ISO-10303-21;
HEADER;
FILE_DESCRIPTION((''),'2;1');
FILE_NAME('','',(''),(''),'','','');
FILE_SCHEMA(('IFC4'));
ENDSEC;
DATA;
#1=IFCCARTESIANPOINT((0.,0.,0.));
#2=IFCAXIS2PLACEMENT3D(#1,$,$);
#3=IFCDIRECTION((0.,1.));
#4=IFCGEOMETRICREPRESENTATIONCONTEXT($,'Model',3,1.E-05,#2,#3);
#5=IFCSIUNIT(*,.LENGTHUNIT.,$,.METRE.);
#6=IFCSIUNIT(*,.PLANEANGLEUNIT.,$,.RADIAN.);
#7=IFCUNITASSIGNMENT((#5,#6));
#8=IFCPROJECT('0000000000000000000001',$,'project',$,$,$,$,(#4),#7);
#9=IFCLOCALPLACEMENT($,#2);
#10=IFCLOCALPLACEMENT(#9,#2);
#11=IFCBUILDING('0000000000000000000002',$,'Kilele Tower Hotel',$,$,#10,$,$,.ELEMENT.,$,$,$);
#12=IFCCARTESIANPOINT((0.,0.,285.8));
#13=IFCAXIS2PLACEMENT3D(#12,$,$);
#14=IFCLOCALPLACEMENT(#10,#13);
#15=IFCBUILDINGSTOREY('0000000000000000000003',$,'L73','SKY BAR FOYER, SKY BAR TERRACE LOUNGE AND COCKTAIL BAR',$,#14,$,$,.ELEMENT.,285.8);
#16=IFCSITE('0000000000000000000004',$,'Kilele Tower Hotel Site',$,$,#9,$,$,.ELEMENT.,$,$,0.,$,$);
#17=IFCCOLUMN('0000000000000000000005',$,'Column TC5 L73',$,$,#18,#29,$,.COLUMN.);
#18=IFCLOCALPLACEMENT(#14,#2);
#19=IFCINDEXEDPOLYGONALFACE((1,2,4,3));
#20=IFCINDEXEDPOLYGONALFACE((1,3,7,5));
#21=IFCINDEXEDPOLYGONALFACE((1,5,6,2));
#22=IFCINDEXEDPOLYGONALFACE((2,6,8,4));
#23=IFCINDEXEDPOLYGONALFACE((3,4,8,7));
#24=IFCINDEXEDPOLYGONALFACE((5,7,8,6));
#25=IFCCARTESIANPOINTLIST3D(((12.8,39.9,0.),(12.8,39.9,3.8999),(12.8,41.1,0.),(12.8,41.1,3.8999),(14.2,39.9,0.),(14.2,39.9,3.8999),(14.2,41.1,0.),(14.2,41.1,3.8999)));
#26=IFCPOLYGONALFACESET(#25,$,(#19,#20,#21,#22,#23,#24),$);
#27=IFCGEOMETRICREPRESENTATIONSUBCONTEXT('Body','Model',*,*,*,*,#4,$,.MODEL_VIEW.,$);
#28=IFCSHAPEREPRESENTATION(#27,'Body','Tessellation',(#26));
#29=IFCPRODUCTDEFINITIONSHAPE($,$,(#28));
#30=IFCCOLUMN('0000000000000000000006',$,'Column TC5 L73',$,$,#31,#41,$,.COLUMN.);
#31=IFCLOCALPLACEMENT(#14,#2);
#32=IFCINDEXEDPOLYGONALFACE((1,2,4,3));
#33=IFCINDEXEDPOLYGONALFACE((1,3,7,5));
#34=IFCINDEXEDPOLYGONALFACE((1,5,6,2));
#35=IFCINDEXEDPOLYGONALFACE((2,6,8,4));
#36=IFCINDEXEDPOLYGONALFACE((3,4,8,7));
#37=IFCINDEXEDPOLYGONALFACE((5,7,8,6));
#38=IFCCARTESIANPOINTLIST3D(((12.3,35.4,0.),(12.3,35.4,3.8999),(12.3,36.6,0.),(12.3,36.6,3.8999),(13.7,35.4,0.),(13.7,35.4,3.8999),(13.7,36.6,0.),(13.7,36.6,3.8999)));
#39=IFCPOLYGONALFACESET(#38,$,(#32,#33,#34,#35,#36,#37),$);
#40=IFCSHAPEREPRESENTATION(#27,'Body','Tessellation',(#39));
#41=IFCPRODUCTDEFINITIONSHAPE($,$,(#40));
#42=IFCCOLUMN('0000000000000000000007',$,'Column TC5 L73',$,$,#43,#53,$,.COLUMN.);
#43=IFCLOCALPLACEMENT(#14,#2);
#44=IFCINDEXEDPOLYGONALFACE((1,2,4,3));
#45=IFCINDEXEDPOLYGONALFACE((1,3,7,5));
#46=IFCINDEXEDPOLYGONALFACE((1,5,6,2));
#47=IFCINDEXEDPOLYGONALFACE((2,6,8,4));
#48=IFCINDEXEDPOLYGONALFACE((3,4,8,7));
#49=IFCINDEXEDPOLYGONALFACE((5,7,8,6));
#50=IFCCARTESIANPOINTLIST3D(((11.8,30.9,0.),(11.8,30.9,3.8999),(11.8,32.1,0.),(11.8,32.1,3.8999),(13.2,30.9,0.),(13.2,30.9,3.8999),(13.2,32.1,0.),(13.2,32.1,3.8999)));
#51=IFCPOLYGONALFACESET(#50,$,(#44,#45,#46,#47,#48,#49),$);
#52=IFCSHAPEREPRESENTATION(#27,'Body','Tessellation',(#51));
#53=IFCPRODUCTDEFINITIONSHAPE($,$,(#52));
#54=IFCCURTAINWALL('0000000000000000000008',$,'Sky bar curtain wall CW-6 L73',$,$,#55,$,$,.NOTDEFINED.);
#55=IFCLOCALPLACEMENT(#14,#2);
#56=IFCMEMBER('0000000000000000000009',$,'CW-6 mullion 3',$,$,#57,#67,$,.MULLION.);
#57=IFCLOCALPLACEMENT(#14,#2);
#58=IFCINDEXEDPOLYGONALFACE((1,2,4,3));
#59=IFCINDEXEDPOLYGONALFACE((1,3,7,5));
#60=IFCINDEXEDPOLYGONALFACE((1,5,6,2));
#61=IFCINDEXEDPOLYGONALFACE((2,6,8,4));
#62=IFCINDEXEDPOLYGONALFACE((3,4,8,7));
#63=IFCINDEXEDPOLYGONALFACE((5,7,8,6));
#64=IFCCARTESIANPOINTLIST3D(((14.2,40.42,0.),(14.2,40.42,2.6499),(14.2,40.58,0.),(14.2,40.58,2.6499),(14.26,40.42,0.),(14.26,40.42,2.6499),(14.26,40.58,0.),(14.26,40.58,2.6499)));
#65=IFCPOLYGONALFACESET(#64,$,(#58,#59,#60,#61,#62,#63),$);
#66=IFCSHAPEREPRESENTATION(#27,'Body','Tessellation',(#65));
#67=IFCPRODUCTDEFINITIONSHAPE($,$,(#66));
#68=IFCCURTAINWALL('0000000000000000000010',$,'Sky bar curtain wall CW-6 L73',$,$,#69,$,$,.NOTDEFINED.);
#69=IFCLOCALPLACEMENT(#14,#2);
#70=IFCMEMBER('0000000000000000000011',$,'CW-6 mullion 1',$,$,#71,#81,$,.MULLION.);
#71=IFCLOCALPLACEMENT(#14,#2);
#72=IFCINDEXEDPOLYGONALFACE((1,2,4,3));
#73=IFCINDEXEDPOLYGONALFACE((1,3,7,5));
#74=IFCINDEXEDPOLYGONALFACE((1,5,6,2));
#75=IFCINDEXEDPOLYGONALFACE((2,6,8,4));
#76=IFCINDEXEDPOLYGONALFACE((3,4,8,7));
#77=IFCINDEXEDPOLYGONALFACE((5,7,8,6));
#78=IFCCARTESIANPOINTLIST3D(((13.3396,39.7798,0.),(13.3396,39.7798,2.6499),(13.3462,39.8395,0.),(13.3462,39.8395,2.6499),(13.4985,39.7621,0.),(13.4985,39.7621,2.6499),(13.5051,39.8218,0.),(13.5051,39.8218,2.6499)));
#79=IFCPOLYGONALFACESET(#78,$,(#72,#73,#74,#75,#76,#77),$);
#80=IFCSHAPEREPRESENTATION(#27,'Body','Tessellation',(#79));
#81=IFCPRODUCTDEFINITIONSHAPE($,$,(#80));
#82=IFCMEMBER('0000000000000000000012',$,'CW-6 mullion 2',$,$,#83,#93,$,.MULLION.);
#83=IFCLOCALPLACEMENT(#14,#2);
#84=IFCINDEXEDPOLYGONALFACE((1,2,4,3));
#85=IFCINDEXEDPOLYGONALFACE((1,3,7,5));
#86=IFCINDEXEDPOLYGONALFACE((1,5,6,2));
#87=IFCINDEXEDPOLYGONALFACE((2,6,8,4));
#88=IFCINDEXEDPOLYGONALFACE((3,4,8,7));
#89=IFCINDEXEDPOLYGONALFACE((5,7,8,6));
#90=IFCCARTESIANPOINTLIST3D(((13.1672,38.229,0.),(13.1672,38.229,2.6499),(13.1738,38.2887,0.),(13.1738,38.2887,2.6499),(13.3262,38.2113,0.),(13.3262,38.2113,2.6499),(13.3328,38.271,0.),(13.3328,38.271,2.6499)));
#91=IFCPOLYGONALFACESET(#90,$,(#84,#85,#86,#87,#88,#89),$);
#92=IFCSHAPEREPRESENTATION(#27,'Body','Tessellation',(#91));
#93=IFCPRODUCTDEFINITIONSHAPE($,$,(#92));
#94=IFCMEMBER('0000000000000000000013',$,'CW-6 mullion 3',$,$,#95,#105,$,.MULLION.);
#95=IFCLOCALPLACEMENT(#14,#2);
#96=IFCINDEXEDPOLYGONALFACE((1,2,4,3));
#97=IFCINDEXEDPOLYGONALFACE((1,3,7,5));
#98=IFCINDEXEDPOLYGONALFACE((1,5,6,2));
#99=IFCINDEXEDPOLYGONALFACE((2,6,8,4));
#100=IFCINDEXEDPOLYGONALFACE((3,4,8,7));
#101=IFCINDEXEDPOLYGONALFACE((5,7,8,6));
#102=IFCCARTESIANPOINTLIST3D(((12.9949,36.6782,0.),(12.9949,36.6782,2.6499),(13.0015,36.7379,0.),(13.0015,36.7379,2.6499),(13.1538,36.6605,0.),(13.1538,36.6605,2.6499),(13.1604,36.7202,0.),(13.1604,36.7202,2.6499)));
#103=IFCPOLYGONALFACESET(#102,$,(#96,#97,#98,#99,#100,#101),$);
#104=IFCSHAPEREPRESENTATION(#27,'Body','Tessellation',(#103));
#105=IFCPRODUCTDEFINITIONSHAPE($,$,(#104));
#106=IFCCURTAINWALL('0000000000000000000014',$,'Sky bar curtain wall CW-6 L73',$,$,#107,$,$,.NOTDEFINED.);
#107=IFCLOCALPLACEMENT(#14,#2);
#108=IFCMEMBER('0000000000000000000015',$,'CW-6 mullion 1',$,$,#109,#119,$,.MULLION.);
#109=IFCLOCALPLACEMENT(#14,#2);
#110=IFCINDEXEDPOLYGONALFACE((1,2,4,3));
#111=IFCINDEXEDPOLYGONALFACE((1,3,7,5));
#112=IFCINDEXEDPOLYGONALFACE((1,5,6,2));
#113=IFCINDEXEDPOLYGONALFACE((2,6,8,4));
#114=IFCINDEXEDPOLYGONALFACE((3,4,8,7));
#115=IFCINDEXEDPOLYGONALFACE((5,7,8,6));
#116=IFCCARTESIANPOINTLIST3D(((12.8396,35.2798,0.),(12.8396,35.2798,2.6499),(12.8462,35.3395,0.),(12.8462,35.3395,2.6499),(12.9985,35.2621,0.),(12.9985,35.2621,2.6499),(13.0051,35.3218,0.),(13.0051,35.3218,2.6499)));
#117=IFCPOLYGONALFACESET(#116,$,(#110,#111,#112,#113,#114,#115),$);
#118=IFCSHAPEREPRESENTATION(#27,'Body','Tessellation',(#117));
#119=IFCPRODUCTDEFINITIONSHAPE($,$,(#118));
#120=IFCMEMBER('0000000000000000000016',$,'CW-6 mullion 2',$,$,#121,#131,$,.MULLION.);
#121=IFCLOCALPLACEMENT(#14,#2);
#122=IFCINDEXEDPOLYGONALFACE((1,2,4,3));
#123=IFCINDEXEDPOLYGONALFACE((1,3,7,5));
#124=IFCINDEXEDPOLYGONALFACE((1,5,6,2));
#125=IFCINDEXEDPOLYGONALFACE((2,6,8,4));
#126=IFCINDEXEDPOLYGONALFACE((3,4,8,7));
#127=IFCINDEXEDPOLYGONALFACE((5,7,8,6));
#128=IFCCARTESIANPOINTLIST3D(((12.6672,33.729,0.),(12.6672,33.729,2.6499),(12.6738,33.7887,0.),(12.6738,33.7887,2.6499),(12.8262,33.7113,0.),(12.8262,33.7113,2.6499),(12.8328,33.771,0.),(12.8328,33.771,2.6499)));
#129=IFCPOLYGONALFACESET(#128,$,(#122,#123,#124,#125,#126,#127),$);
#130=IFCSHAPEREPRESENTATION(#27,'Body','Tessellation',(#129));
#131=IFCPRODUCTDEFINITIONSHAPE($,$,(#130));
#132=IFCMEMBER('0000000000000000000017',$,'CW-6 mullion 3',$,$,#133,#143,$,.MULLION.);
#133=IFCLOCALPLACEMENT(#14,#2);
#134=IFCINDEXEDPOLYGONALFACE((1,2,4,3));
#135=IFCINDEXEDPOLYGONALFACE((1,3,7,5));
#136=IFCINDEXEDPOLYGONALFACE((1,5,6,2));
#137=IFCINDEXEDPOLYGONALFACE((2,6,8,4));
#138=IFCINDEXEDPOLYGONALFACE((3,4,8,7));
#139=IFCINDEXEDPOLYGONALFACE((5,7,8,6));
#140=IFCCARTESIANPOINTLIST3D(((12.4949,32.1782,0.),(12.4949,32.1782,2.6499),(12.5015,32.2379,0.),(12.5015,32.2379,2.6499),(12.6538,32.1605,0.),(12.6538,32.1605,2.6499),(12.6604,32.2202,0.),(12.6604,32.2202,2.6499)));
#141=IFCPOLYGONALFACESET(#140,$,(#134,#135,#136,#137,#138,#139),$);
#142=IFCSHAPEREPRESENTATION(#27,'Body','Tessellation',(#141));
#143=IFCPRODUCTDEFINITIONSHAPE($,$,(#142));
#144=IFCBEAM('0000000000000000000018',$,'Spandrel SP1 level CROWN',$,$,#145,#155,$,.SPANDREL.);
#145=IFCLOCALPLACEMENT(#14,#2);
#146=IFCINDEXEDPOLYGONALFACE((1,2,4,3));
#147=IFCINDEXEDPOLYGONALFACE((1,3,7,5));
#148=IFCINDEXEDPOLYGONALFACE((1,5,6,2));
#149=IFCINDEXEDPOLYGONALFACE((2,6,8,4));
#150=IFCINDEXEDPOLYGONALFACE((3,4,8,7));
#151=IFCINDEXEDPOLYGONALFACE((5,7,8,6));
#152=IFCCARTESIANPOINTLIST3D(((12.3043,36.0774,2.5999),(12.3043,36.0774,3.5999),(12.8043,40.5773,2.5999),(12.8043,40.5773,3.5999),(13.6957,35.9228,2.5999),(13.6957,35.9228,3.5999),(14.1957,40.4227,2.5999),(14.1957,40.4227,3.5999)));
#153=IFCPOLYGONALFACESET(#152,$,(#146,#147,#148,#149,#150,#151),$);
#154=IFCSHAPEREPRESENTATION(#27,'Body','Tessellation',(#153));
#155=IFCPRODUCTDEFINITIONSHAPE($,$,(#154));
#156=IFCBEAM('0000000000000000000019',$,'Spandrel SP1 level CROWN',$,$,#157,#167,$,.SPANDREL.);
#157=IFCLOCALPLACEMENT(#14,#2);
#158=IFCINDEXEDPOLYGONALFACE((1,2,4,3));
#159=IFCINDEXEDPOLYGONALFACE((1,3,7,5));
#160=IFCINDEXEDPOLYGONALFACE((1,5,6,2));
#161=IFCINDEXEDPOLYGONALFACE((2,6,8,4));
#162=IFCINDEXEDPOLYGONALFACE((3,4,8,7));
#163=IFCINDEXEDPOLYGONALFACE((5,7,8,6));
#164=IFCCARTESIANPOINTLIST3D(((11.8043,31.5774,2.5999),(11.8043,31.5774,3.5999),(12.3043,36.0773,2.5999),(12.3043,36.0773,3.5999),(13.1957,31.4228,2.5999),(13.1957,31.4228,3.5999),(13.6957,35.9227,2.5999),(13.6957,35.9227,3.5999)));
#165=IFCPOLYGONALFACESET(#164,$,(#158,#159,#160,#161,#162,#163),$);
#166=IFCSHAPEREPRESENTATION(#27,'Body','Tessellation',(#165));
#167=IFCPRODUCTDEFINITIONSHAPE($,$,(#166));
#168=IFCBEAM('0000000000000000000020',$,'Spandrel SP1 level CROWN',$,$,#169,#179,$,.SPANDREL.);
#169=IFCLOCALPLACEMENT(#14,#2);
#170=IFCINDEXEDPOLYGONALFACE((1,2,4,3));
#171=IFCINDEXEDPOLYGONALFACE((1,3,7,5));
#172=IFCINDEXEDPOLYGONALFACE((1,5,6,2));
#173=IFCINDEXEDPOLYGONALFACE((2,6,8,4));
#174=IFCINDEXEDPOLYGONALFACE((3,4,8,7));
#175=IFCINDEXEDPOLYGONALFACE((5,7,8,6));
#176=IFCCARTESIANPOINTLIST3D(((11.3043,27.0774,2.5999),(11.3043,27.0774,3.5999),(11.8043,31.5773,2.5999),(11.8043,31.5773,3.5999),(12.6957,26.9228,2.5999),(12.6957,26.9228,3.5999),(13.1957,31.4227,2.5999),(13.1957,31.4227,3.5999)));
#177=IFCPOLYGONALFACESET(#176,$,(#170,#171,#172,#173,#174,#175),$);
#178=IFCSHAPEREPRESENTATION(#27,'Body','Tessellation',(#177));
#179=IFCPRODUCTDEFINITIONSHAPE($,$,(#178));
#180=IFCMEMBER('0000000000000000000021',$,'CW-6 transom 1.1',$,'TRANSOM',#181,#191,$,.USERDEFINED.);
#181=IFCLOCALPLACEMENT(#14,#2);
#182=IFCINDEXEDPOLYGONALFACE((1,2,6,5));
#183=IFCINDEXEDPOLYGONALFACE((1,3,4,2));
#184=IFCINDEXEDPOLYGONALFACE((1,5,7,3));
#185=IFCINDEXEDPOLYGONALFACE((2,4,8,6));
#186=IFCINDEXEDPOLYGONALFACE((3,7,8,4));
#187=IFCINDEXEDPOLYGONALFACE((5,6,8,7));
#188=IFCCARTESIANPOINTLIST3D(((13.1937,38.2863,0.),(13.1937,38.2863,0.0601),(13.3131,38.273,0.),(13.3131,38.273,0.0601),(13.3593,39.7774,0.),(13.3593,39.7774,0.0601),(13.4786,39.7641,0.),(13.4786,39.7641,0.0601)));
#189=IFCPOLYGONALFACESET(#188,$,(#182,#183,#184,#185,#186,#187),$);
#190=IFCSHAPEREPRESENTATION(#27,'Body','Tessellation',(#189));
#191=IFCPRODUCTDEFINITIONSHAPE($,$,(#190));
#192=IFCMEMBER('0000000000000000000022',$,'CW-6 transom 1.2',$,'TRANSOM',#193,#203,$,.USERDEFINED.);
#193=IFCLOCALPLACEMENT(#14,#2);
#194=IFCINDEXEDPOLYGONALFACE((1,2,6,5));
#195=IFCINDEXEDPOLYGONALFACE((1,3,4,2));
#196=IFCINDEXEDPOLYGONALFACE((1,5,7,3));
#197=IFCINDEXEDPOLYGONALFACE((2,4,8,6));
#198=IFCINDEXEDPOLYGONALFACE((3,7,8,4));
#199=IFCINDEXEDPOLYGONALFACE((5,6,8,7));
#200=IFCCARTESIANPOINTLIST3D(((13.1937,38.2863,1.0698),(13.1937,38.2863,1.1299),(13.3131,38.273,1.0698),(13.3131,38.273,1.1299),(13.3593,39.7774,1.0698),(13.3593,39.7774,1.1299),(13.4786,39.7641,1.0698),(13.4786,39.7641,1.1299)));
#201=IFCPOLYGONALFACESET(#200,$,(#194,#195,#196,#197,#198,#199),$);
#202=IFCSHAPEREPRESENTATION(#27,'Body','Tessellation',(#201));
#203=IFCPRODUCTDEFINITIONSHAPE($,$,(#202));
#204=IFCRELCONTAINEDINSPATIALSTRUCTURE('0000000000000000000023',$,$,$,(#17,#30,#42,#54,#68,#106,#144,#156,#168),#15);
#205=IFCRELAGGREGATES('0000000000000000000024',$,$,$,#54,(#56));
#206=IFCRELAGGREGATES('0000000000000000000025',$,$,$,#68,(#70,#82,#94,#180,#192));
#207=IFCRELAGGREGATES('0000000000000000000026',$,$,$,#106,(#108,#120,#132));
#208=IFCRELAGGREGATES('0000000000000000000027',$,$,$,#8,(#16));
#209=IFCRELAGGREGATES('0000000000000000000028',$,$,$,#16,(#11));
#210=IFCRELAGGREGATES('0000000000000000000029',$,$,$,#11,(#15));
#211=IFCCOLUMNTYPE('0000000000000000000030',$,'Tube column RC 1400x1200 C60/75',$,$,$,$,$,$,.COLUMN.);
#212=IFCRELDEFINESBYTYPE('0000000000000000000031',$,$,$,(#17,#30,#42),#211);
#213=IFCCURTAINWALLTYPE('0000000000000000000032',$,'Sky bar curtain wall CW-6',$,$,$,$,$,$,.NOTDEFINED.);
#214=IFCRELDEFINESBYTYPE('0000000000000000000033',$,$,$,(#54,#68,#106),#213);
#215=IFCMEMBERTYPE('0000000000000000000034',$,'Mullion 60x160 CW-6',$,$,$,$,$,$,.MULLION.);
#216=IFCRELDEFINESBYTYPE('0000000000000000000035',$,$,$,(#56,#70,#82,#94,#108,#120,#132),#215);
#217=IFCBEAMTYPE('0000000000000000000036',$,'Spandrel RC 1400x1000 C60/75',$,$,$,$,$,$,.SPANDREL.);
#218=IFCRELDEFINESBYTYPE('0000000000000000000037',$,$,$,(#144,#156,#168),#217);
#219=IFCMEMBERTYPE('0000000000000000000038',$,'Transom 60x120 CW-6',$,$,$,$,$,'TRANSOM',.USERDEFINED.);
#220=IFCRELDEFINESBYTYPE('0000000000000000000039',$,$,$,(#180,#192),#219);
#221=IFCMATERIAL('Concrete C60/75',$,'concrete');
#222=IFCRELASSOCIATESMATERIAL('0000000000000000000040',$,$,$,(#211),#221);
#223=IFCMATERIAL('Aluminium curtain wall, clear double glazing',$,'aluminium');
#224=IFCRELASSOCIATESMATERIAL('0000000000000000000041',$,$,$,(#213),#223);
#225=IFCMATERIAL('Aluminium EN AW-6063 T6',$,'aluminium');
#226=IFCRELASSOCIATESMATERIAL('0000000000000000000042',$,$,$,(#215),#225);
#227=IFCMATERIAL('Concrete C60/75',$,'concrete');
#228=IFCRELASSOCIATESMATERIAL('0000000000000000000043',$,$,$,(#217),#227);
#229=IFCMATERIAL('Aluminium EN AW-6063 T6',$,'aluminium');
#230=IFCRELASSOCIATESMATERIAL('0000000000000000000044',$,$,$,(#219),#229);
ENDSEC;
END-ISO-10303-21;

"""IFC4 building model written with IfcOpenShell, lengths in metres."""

from ifc_helpers import new_model, si_unit, direction, frame, origin, origin_2d, place, context, subcontext, project, spatial, rectangle, extrude, material, material_profile, profile_set, type_object, element, aggregate, save


model = new_model("IFC4")

# Units and contexts
model_context = context("Model", 3, precision=1e-05, world=origin(), true_north=direction((0.0, 1.0)))
body_context = subcontext(model_context, "Body", "Model", "MODEL_VIEW")
ifc_project = project(units=[si_unit("LENGTHUNIT", "METRE"), si_unit("PLANEANGLEUNIT", "RADIAN")], contexts=[model_context])

# Site, building, storey
site_placement = place(None, origin())
site = spatial("IfcSite", under=ifc_project, at=site_placement, Name="Kilele Tower Hotel Site", CompositionType="ELEMENT", RefElevation=0.0)
building_placement = place(site_placement, origin())
building = spatial("IfcBuilding", under=site, at=building_placement, Name="Kilele Tower Hotel", CompositionType="ELEMENT")
storey_placement = place(building_placement, frame((0.0, 0.0, 285.8)))
storey = spatial("IfcBuildingStorey", under=building, at=storey_placement, Name="L73", Description="SKY BAR FOYER, SKY BAR TERRACE LOUNGE AND COCKTAIL BAR", CompositionType="ELEMENT", Elevation=285.8)

# Columns
ifc_material_1 = material(Name="Concrete C60/75", Category="concrete")
ifc_material_profile_1 = material_profile(ifc_material_1, rectangle(XDim=1.3999, YDim=1.2, at=origin_2d()))
ifc_profile_set_1 = profile_set([ifc_material_profile_1], Name="Concrete C60/75")
column_type = type_object("IfcColumnType", Name="Tube column RC 1400x1200 C60/75", PredefinedType="COLUMN", material=ifc_profile_set_1)
for number, where, z_axis, x_axis, name in (
    (1, (13.5, 40.5, 0.0), (0.0, 0.0, 1.0), (1.0, 0.0, 0.0), "Column TC5 L73"),
    (2, (13.0, 36.0, 0.0), (0.0, 0.0, 1.0), (1.0, 0.0, 0.0), "Column TC5 L73"),
    (3, (12.5, 31.5, 0.0), (0.0, 0.0, 1.0), (1.0, 0.0, 0.0), "Column TC5 L73"),
):
    element("IfcColumn", number, at=place(storey_placement, frame(where, z_axis=z_axis, x_axis=x_axis)), inside=storey, type_object=column_type, Name=name, PredefinedType="COLUMN", context=body_context, shape_type="SweptSolid", body=[
        extrude(rectangle(XDim=1.3999, YDim=1.2, at=origin_2d()), origin(), (0.0, 0.0, 1.0), 3.8999),
    ])

# Curtain wall, member
ifc_material_2 = material(Name="Aluminium curtain wall, clear double glazing", Category="aluminium")
curtain_wall_type = type_object("IfcCurtainWallType", Name="Sky bar curtain wall CW-6", PredefinedType="NOTDEFINED", material=ifc_material_2)
curtain_wall_1_placement = place(storey_placement, origin())
curtain_wall_1 = element("IfcCurtainWall", 4, at=curtain_wall_1_placement, inside=storey, type_object=curtain_wall_type, Name="Sky bar curtain wall CW-6 L73", PredefinedType="NOTDEFINED")
ifc_material_3 = material(Name="Aluminium EN AW-6063 T6", Category="aluminium")
ifc_material_profile_2 = material_profile(ifc_material_3, rectangle(XDim=0.1599, YDim=0.0601, at=origin_2d()))
ifc_profile_set_2 = profile_set([ifc_material_profile_2], Name="Aluminium EN AW-6063 T6")
member_type_1 = type_object("IfcMemberType", Name="Mullion 60x160 CW-6", PredefinedType="MULLION", material=ifc_profile_set_2)
member_1_placement = place(storey_placement, frame((14.23, 40.5, 0.0), z_axis=(0.0, 0.0, 1.0), x_axis=(0.0, -1.0, 0.0)))
member_1 = element("IfcMember", 5, at=member_1_placement, type_object=member_type_1, Name="CW-6 mullion 3", PredefinedType="MULLION", context=body_context, shape_type="SweptSolid", body=[
    extrude(rectangle(XDim=0.1599, YDim=0.0601, at=origin_2d()), origin(), (0.0, 0.0, 1.0), 2.6499),
])

# Curtain walls, members
curtain_wall_2_placement = place(storey_placement, origin())
curtain_wall_2 = element("IfcCurtainWall", 6, at=curtain_wall_2_placement, inside=storey, type_object=curtain_wall_type, Name="Sky bar curtain wall CW-6 L73", PredefinedType="NOTDEFINED")
member_2_placement = place(storey_placement, frame((13.4224, 39.8008, 0.0), z_axis=(0.0, 0.0, 1.0), x_axis=(0.993884, -0.110432, 0.0)))
member_2 = element("IfcMember", 7, at=member_2_placement, type_object=member_type_1, Name="CW-6 mullion 1", PredefinedType="MULLION", context=body_context, shape_type="SweptSolid", body=[
    extrude(rectangle(XDim=0.1599, YDim=0.0601, at=origin_2d()), origin(), (0.0, 0.0, 1.0), 2.6499),
])
member_3_placement = place(storey_placement, frame((13.25, 38.25, 0.0), z_axis=(0.0, 0.0, 1.0), x_axis=(0.993884, -0.110432, 0.0)))
member_3 = element("IfcMember", 8, at=member_3_placement, type_object=member_type_1, Name="CW-6 mullion 2", PredefinedType="MULLION", context=body_context, shape_type="SweptSolid", body=[
    extrude(rectangle(XDim=0.1599, YDim=0.0601, at=origin_2d()), origin(), (0.0, 0.0, 1.0), 2.6499),
])
member_4_placement = place(storey_placement, frame((13.0776, 36.6992, 0.0), z_axis=(0.0, 0.0, 1.0), x_axis=(0.993884, -0.110432, 0.0)))
member_4 = element("IfcMember", 9, at=member_4_placement, type_object=member_type_1, Name="CW-6 mullion 3", PredefinedType="MULLION", context=body_context, shape_type="SweptSolid", body=[
    extrude(rectangle(XDim=0.1599, YDim=0.0601, at=origin_2d()), origin(), (0.0, 0.0, 1.0), 2.6499),
])
curtain_wall_3_placement = place(storey_placement, origin())
curtain_wall_3 = element("IfcCurtainWall", 10, at=curtain_wall_3_placement, inside=storey, type_object=curtain_wall_type, Name="Sky bar curtain wall CW-6 L73", PredefinedType="NOTDEFINED")
member_5_placement = place(storey_placement, frame((12.9224, 35.3008, 0.0), z_axis=(0.0, 0.0, 1.0), x_axis=(0.993884, -0.110432, 0.0)))
member_5 = element("IfcMember", 11, at=member_5_placement, type_object=member_type_1, Name="CW-6 mullion 1", PredefinedType="MULLION", context=body_context, shape_type="SweptSolid", body=[
    extrude(rectangle(XDim=0.1599, YDim=0.0601, at=origin_2d()), origin(), (0.0, 0.0, 1.0), 2.6499),
])
member_6_placement = place(storey_placement, frame((12.75, 33.75, 0.0), z_axis=(0.0, 0.0, 1.0), x_axis=(0.993884, -0.110432, 0.0)))
member_6 = element("IfcMember", 12, at=member_6_placement, type_object=member_type_1, Name="CW-6 mullion 2", PredefinedType="MULLION", context=body_context, shape_type="SweptSolid", body=[
    extrude(rectangle(XDim=0.1599, YDim=0.0601, at=origin_2d()), origin(), (0.0, 0.0, 1.0), 2.6499),
])
member_7_placement = place(storey_placement, frame((12.5776, 32.1992, 0.0), z_axis=(0.0, 0.0, 1.0), x_axis=(0.993884, -0.110432, 0.0)))
member_7 = element("IfcMember", 13, at=member_7_placement, type_object=member_type_1, Name="CW-6 mullion 3", PredefinedType="MULLION", context=body_context, shape_type="SweptSolid", body=[
    extrude(rectangle(XDim=0.1599, YDim=0.0601, at=origin_2d()), origin(), (0.0, 0.0, 1.0), 2.6499),
])

# Beams
ifc_material_4 = material(Name="Concrete C60/75", Category="concrete")
ifc_material_profile_3 = material_profile(ifc_material_4, rectangle(XDim=1.3999, YDim=1.0, at=origin_2d()))
ifc_profile_set_3 = profile_set([ifc_material_profile_3], Name="Concrete C60/75")
beam_type = type_object("IfcBeamType", Name="Spandrel RC 1400x1000 C60/75", PredefinedType="SPANDREL", material=ifc_profile_set_3)
for number, where, z_axis, x_axis, name in (
    (14, (13.5, 40.5, 3.0999), (-0.110432, -0.993884, 0.0), (0.993884, -0.110432, 0.0), "Spandrel SP1 level CROWN"),
    (15, (13.0, 36.0, 3.0999), (-0.110432, -0.993884, 0.0), (0.993884, -0.110432, 0.0), "Spandrel SP1 level CROWN"),
    (16, (12.5, 31.5, 3.0999), (-0.110432, -0.993884, 0.0), (0.993884, -0.110432, 0.0), "Spandrel SP1 level CROWN"),
):
    element("IfcBeam", number, at=place(storey_placement, frame(where, z_axis=z_axis, x_axis=x_axis)), inside=storey, type_object=beam_type, Name=name, PredefinedType="SPANDREL", context=body_context, shape_type="SweptSolid", body=[
        extrude(rectangle(XDim=1.3999, YDim=1.0, at=origin_2d()), origin(), (0.0, 0.0, 1.0), 4.5276),
    ])

# Members
ifc_material_5 = material(Name="Aluminium EN AW-6063 T6", Category="aluminium")
ifc_material_profile_4 = material_profile(ifc_material_5, rectangle(XDim=0.1201, YDim=0.0601, at=origin_2d()))
ifc_profile_set_4 = profile_set([ifc_material_profile_4], Name="Aluminium EN AW-6063 T6")
member_type_2 = type_object("IfcMemberType", Name="Transom 60x120 CW-6", ElementType="TRANSOM", PredefinedType="USERDEFINED", material=ifc_profile_set_4)
member_8_placement = place(storey_placement, frame((13.4189, 39.7708, 0.03), z_axis=(-0.110342, -0.993894, 0.0), x_axis=(0.993894, -0.110342, 0.0)))
member_8 = element("IfcMember", 17, at=member_8_placement, type_object=member_type_2, Name="CW-6 transom 1.1", ObjectType="TRANSOM", PredefinedType="USERDEFINED", context=body_context, shape_type="SweptSolid", body=[
    extrude(rectangle(XDim=0.1201, YDim=0.0601, at=origin_2d()), origin(), (0.0, 0.0, 1.0), 1.5002),
])
member_9_placement = place(storey_placement, frame((13.4189, 39.7708, 1.0999), z_axis=(-0.110342, -0.993894, 0.0), x_axis=(0.993894, -0.110342, 0.0)))
member_9 = element("IfcMember", 18, at=member_9_placement, type_object=member_type_2, Name="CW-6 transom 1.2", ObjectType="TRANSOM", PredefinedType="USERDEFINED", context=body_context, shape_type="SweptSolid", body=[
    extrude(rectangle(XDim=0.1201, YDim=0.0601, at=origin_2d()), origin(), (0.0, 0.0, 1.0), 1.5002),
])

aggregate(curtain_wall_1, [member_1])
aggregate(curtain_wall_2, [member_2, member_3, member_4, member_8, member_9])
aggregate(curtain_wall_3, [member_5, member_6, member_7])

save(model, "model.ifc")
